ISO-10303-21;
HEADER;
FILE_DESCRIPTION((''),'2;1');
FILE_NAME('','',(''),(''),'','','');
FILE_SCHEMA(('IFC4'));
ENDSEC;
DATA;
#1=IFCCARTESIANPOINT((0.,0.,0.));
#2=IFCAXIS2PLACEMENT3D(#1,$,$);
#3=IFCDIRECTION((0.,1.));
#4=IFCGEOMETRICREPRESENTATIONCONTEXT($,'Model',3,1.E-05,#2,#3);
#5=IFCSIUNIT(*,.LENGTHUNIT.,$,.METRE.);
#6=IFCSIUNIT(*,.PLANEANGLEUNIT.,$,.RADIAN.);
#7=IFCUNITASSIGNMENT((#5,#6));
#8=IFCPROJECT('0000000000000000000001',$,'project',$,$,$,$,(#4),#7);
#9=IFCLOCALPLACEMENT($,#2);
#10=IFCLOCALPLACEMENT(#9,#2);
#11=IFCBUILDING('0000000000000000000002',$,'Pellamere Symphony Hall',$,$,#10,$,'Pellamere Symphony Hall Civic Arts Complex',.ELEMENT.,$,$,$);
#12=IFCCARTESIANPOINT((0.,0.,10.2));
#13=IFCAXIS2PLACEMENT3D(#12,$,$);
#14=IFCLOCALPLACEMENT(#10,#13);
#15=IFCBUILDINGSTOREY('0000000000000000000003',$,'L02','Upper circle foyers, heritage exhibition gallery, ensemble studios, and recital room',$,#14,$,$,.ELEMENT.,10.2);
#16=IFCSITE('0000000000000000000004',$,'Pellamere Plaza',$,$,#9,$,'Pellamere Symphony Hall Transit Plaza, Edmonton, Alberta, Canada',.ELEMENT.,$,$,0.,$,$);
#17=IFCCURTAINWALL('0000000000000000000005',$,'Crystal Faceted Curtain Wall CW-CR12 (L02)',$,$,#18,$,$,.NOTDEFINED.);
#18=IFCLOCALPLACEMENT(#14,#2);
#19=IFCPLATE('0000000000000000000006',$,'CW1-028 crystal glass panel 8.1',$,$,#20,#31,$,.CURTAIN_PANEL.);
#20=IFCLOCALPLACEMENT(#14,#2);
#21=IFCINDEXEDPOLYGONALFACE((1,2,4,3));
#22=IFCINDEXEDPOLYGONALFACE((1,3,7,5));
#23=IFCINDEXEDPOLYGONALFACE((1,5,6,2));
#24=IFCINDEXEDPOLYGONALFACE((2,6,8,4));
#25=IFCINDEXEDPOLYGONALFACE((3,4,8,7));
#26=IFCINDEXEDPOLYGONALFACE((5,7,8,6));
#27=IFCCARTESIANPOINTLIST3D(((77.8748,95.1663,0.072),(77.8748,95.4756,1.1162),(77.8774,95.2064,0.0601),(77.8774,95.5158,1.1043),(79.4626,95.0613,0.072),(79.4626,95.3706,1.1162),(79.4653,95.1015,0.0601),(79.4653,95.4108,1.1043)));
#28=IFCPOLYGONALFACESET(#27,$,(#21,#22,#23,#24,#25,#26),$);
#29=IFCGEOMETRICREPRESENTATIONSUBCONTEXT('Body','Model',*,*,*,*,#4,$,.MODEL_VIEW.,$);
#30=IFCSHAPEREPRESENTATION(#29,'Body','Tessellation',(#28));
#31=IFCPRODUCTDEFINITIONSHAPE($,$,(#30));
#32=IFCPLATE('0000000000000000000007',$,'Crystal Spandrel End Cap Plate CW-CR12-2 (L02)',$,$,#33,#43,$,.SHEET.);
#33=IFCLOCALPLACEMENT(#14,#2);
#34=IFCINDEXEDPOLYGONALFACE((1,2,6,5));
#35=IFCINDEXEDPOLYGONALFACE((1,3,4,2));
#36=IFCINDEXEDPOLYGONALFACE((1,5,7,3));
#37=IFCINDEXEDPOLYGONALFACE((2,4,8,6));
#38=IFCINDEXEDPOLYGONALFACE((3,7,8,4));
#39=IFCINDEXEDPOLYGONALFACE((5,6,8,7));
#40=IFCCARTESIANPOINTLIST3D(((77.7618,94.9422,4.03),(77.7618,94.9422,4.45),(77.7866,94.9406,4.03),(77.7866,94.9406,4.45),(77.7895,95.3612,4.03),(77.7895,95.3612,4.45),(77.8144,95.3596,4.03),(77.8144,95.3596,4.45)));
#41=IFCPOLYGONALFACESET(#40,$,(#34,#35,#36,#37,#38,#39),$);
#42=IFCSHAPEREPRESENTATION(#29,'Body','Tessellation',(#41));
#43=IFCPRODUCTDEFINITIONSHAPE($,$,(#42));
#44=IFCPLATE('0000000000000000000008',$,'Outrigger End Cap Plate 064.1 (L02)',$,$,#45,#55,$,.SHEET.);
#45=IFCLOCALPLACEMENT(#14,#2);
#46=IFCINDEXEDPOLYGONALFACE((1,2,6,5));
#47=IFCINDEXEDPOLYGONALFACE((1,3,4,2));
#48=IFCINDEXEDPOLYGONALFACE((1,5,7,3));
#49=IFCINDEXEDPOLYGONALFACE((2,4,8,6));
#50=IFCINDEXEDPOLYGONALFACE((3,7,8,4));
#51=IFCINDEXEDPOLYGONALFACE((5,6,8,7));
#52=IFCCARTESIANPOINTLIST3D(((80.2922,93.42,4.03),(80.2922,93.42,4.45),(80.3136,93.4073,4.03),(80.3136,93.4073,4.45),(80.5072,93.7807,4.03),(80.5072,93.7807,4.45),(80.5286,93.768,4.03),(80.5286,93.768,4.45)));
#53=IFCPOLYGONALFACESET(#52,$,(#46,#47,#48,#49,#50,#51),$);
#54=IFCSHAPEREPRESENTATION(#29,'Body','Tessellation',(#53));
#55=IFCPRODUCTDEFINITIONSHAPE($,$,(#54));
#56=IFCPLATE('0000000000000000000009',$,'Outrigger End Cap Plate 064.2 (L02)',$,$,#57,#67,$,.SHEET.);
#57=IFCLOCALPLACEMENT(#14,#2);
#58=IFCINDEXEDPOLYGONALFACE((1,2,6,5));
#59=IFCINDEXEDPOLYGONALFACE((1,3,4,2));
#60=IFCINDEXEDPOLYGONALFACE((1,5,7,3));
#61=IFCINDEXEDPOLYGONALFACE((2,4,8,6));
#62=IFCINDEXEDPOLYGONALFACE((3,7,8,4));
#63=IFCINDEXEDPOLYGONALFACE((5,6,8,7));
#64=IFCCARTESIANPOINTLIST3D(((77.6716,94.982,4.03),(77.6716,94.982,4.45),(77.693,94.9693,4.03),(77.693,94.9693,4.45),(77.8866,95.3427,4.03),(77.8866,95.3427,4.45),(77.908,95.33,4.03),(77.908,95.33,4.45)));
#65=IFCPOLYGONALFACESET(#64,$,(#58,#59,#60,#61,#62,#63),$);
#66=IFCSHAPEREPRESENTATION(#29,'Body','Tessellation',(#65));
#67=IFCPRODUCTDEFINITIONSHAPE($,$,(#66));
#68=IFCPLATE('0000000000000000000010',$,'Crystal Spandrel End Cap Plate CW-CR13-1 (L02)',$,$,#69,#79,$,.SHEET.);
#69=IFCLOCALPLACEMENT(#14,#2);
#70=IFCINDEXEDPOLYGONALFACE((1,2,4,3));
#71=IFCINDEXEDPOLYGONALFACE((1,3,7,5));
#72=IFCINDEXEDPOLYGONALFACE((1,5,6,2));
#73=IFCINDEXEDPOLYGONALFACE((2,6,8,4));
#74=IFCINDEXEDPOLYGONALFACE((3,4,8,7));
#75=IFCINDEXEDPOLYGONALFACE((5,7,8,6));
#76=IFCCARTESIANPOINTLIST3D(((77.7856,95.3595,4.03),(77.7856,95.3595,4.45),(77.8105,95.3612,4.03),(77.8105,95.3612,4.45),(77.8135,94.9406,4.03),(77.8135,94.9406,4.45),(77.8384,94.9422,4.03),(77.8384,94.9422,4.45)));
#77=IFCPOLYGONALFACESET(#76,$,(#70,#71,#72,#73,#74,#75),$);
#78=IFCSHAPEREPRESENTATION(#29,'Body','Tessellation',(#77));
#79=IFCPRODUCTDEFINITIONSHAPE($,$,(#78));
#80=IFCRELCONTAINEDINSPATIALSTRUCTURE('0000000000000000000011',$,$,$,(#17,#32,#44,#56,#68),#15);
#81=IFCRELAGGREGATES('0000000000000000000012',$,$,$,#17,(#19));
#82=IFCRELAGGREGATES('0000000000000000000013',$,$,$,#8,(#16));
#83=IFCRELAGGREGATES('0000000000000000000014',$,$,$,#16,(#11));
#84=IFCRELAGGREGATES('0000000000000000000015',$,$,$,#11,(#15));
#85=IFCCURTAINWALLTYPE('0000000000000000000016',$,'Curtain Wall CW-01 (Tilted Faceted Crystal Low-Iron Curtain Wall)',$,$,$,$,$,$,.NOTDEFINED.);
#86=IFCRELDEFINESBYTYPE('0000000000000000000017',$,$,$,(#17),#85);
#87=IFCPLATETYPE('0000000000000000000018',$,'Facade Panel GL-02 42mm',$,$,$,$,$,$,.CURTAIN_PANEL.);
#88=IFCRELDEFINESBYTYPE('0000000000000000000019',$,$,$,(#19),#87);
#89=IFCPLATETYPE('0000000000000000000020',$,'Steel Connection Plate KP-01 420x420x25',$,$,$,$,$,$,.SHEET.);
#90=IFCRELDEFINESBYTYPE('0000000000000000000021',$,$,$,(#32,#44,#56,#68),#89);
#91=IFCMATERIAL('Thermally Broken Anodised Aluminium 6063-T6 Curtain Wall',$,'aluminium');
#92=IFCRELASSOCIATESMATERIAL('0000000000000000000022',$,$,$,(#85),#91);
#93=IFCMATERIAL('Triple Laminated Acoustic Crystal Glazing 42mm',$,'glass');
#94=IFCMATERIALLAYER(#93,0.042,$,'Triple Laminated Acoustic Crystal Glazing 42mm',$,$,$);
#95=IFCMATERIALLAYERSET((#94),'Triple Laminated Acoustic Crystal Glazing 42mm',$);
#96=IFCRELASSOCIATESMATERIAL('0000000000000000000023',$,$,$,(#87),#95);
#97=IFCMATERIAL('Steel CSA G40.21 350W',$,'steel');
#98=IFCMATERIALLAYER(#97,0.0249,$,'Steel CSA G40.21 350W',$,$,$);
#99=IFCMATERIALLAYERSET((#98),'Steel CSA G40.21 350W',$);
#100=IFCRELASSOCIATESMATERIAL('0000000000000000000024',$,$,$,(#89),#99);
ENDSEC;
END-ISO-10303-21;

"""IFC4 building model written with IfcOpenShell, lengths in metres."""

from ifc_helpers import new_model, si_unit, direction, frame, origin, origin_2d, place, context, subcontext, project, spatial, polyline, rectangle, outline, extrude, material, layer, layer_set, type_object, element, aggregate, save


model = new_model("IFC4")

# Units and contexts
model_context = context("Model", 3, precision=1e-05, world=origin(), true_north=direction((0.0, 1.0)))
body_context = subcontext(model_context, "Body", "Model", "MODEL_VIEW")
ifc_project = project(units=[si_unit("LENGTHUNIT", "METRE"), si_unit("PLANEANGLEUNIT", "RADIAN")], contexts=[model_context])

# Site, building, storey
site_placement = place(None, origin())
site = spatial("IfcSite", under=ifc_project, at=site_placement, Name="Pellamere Plaza", LongName="Pellamere Symphony Hall Transit Plaza, Edmonton, Alberta, Canada", CompositionType="ELEMENT", RefElevation=0.0)
building_placement = place(site_placement, origin())
building = spatial("IfcBuilding", under=site, at=building_placement, Name="Pellamere Symphony Hall", LongName="Pellamere Symphony Hall Civic Arts Complex", CompositionType="ELEMENT")
storey_placement = place(building_placement, frame((0.0, 0.0, 10.2)))
storey = spatial("IfcBuildingStorey", under=building, at=storey_placement, Name="L02", Description="Upper circle foyers, heritage exhibition gallery, ensemble studios, and recital room", CompositionType="ELEMENT", Elevation=10.2)

# Curtain wall
ifc_material_1 = material(Name="Thermally Broken Anodised Aluminium 6063-T6 Curtain Wall", Category="aluminium")
curtain_wall_type = type_object("IfcCurtainWallType", Name="Curtain Wall CW-01 (Tilted Faceted Crystal Low-Iron Curtain Wall)", PredefinedType="NOTDEFINED", material=ifc_material_1)
curtain_wall_1_placement = place(storey_placement, origin())
curtain_wall_1 = element("IfcCurtainWall", 1, at=curtain_wall_1_placement, inside=storey, type_object=curtain_wall_type, Name="Crystal Faceted Curtain Wall CW-CR12 (L02)", PredefinedType="NOTDEFINED")

# Shared definitions
ifc_material_2 = material(Name="Steel CSA G40.21 350W", Category="steel")

# Plate
ifc_material_3 = material(Name="Triple Laminated Acoustic Crystal Glazing 42mm", Category="glass")
ifc_layer_1 = layer(ifc_material_3, 0.042, Name="Triple Laminated Acoustic Crystal Glazing 42mm")
ifc_layer_set_1 = layer_set([ifc_layer_1], Name="Triple Laminated Acoustic Crystal Glazing 42mm")
plate_type_1 = type_object("IfcPlateType", Name="Facade Panel GL-02 42mm", PredefinedType="CURTAIN_PANEL", material=ifc_layer_set_1)
plate_1_placement = place(storey_placement, frame((79.4626, 95.0613, 0.072), z_axis=(-0.063263, -0.956893, 0.283466), x_axis=(-0.997822, 0.065969, 0.0)))
plate_1 = element("IfcPlate", 2, at=plate_1_placement, type_object=plate_type_1, Name="CW1-028 crystal glass panel 8.1", PredefinedType="CURTAIN_PANEL", context=body_context, shape_type="SweptSolid", body=[
    extrude(outline(polyline([(0.0, 0.0), (1.5914, 0.0), (1.6118, -1.0889), (0.0204, -1.0889), (0.0, 0.0)])), origin(), (0.0, 0.0, -1.0), 0.042),
])
aggregate(curtain_wall_1, [plate_1])

# Plates
ifc_layer_2 = layer(ifc_material_2, 0.0249, Name="Steel CSA G40.21 350W")
ifc_layer_set_2 = layer_set([ifc_layer_2], Name="Steel CSA G40.21 350W")
plate_type_2 = type_object("IfcPlateType", Name="Steel Connection Plate KP-01 420x420x25", PredefinedType="SHEET", material=ifc_layer_set_2)
for number, where, z_axis, x_axis, name in (
    (3, (77.7881, 95.1509, 4.03), (0.0, 0.0, 1.0), (-0.997813, 0.0661, 0.0), "Crystal Spandrel End Cap Plate CW-CR12-2 (L02)"),
    (4, (80.4104, 93.594, 4.03), (0.0, 0.0, 1.0), (-0.85896, 0.512043, 0.0), "Outrigger End Cap Plate 064.1 (L02)"),
    (5, (77.7898, 95.156, 4.03), (0.0, 0.0, 1.0), (-0.85896, 0.512043, 0.0), "Outrigger End Cap Plate 064.2 (L02)"),
    (6, (77.812, 95.1509, 4.03), (0.0, 0.0, 1.0), (-0.99779, -0.066448, 0.0), "Crystal Spandrel End Cap Plate CW-CR13-1 (L02)"),
):
    element("IfcPlate", number, at=place(storey_placement, frame(where, z_axis=z_axis, x_axis=x_axis)), inside=storey, type_object=plate_type_2, Name=name, PredefinedType="SHEET", context=body_context, shape_type="SweptSolid", body=[
        extrude(rectangle(XDim=0.0249, YDim=0.4199, at=origin_2d()), origin(), (0.0, 0.0, 1.0), 0.4199),
    ])

save(model, "model.ifc")
